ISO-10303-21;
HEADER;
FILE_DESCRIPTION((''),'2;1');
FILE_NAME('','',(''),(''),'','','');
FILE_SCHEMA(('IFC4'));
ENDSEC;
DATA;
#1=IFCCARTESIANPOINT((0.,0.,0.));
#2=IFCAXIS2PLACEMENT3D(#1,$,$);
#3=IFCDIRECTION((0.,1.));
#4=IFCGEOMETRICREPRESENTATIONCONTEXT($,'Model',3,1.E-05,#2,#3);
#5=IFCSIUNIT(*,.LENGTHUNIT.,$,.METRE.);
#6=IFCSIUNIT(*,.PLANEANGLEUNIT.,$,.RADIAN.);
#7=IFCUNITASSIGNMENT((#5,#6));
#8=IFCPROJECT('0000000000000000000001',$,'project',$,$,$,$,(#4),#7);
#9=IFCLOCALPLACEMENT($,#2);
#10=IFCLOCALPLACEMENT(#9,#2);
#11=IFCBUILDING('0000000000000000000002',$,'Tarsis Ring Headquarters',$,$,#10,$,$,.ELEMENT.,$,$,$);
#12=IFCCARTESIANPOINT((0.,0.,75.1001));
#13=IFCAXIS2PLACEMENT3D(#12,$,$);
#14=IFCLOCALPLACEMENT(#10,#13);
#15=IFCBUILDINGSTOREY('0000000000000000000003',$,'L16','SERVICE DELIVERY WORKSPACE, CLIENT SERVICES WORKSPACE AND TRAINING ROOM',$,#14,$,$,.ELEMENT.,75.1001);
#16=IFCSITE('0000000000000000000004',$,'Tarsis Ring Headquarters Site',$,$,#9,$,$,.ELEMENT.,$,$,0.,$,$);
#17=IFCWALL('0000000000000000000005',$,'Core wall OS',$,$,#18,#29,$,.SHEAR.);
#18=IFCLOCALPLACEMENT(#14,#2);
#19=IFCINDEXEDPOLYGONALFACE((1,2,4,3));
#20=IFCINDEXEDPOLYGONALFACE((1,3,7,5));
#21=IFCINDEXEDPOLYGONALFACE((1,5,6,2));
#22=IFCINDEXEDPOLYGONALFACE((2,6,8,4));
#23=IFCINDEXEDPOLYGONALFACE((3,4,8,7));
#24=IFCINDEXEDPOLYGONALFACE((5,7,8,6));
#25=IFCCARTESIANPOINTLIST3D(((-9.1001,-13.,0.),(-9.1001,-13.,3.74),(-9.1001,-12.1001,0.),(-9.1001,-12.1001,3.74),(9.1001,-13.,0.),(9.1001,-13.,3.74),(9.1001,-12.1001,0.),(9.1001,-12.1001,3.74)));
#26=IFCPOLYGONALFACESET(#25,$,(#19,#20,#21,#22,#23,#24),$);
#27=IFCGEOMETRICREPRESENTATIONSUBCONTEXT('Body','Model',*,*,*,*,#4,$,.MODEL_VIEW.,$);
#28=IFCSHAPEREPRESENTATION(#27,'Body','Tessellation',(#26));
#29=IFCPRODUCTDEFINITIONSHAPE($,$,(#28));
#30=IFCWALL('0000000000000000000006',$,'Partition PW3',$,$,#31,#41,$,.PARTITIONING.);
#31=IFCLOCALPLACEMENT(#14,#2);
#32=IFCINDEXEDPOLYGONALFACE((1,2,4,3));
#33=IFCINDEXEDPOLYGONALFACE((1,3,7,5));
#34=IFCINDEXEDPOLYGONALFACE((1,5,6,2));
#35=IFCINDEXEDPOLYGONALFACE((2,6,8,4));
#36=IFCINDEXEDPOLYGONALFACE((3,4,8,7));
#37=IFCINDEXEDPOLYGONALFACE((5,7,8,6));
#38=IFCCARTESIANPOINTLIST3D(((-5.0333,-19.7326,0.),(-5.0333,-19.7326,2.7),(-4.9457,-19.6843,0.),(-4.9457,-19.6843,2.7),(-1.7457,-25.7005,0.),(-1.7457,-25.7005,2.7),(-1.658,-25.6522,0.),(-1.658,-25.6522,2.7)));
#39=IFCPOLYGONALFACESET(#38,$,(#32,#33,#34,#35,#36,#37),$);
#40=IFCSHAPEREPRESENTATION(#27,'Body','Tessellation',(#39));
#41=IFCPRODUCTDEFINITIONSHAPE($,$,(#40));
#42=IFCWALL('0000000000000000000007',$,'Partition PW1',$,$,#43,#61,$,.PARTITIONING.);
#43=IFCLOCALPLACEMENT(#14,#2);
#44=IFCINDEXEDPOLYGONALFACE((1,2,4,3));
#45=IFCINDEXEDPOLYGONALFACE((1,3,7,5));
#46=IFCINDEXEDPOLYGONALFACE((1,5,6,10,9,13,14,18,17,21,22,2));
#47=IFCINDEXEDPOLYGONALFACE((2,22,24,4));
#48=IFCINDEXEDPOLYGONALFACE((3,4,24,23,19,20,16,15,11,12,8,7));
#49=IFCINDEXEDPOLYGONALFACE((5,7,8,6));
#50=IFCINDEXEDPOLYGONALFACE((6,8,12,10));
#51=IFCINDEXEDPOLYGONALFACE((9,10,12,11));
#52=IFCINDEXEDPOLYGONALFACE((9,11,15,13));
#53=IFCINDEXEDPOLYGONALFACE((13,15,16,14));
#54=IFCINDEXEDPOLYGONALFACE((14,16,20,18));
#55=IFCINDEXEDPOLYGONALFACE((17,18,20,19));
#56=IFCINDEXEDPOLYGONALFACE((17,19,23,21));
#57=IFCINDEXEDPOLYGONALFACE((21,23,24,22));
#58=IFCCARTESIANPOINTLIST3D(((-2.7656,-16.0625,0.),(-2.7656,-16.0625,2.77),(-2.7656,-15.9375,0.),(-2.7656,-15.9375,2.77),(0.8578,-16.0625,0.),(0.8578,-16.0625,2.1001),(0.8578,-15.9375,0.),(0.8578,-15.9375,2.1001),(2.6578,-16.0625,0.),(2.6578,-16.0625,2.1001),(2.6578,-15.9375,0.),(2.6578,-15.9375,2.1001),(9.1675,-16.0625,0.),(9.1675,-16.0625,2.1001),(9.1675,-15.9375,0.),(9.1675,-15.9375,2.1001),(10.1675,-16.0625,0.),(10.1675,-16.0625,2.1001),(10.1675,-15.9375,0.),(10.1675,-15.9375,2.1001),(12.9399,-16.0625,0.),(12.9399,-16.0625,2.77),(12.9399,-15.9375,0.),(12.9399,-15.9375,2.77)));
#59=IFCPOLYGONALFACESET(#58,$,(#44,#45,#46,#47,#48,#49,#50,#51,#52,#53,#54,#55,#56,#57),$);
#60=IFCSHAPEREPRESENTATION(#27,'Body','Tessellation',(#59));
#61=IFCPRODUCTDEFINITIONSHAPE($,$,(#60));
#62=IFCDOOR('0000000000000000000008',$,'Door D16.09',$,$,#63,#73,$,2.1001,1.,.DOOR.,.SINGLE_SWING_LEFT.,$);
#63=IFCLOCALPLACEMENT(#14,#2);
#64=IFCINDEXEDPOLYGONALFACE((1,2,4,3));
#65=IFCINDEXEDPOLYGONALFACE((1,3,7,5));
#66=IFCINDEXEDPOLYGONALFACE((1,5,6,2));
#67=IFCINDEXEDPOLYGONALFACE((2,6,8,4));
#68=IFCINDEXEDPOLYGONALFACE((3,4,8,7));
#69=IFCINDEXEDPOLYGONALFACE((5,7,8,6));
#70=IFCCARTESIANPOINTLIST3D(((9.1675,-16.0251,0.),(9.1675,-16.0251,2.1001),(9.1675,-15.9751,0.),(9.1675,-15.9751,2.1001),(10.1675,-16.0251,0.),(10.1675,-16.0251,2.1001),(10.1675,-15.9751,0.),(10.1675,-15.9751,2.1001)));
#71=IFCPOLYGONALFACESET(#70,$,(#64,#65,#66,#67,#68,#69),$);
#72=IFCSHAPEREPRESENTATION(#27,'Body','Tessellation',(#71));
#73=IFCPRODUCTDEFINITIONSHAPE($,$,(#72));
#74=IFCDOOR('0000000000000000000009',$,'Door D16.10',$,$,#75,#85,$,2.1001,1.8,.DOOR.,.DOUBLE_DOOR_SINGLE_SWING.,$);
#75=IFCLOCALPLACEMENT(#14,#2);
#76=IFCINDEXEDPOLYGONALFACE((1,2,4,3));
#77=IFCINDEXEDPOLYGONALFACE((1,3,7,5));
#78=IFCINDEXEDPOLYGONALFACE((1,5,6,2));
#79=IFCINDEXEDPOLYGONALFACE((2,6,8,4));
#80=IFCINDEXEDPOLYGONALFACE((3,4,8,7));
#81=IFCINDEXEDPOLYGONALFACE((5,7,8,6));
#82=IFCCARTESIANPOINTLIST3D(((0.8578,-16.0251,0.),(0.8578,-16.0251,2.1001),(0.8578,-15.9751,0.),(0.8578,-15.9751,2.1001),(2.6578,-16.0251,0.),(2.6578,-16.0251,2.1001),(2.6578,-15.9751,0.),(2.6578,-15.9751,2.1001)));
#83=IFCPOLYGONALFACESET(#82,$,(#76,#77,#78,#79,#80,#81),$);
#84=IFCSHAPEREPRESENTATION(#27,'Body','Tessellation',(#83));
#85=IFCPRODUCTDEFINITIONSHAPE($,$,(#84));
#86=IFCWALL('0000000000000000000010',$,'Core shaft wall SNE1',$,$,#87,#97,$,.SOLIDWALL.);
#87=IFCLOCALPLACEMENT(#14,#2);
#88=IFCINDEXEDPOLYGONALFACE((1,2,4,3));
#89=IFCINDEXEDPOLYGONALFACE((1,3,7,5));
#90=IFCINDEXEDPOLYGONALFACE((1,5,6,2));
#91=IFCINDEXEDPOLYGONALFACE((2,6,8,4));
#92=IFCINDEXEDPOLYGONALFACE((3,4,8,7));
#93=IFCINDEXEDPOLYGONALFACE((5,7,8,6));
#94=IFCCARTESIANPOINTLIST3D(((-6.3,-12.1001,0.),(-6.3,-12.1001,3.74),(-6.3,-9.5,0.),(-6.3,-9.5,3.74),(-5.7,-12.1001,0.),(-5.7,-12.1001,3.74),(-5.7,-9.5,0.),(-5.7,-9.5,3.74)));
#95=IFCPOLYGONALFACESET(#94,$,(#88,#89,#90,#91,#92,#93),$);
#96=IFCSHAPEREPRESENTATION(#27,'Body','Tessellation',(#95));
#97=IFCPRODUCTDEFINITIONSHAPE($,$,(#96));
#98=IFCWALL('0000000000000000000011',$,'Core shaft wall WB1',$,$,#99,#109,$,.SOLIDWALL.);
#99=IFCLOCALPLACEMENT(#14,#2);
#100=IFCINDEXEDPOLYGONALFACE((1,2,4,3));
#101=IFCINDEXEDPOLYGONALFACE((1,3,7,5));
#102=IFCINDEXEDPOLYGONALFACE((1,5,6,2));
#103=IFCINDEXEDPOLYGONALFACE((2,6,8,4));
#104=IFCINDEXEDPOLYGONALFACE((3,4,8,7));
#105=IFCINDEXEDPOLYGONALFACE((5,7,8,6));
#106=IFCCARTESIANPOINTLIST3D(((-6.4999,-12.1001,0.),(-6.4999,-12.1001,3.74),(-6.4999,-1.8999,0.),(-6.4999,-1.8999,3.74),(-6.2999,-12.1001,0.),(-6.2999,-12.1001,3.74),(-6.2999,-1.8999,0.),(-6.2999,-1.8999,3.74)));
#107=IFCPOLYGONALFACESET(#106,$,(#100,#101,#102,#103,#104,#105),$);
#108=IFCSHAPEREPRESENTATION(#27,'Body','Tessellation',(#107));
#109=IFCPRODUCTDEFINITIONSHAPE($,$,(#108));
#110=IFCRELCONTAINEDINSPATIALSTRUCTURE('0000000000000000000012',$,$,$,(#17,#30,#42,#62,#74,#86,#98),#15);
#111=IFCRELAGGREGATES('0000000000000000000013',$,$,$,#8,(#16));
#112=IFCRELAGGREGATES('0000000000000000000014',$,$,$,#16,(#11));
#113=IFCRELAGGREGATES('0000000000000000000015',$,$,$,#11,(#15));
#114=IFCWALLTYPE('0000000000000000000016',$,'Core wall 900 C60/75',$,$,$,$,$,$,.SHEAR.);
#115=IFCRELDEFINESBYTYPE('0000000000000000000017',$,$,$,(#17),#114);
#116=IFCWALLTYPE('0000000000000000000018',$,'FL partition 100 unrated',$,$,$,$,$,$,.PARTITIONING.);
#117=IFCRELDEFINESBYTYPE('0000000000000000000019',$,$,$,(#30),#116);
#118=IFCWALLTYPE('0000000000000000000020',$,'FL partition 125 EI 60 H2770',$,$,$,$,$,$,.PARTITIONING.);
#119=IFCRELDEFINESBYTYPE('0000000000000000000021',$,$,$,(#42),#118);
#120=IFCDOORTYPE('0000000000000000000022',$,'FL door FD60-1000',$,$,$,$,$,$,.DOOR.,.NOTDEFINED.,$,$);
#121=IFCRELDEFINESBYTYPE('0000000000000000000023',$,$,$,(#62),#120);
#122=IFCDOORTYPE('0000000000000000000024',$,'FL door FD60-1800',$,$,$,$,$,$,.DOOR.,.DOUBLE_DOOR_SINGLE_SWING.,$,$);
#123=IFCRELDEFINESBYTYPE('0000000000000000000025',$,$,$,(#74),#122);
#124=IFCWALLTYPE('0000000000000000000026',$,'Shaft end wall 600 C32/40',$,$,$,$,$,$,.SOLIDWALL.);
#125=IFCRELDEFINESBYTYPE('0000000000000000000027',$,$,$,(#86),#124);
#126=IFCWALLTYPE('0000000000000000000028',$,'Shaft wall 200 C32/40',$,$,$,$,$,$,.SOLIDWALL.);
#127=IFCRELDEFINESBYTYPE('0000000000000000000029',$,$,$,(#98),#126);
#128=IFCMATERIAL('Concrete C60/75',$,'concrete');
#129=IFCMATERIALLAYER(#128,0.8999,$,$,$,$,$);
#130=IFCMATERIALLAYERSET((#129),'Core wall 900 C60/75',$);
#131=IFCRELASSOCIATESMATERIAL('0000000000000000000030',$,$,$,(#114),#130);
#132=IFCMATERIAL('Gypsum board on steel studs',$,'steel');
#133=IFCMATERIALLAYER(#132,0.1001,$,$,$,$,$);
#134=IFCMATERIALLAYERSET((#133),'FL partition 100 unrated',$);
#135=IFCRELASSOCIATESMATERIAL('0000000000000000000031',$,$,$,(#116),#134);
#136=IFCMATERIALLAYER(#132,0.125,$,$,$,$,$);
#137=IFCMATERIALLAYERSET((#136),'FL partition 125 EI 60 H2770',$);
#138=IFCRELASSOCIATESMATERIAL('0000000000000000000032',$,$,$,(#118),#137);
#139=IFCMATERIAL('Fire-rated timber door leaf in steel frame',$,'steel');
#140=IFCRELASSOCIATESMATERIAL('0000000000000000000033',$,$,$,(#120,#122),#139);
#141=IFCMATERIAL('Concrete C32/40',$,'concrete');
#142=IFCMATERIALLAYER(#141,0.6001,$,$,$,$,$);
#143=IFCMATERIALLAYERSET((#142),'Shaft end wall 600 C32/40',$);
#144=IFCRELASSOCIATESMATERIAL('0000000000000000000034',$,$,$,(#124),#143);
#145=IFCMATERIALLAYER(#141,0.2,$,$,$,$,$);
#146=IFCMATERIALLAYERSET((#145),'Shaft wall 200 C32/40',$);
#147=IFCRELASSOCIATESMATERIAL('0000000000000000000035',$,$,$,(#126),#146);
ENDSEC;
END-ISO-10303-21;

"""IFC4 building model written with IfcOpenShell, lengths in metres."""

from ifc_helpers import new_model, si_unit, direction, frame, frame_2d, origin, place, context, subcontext, project, spatial, rectangle, extrude, material, layer, layer_set, type_object, element, fill, save


model = new_model("IFC4")

# Units and contexts
model_context = context("Model", 3, precision=1e-05, world=origin(), true_north=direction((0.0, 1.0)))
body_context = subcontext(model_context, "Body", "Model", "MODEL_VIEW")
ifc_project = project(units=[si_unit("LENGTHUNIT", "METRE"), si_unit("PLANEANGLEUNIT", "RADIAN")], contexts=[model_context])

# Site, building, storey
site_placement = place(None, origin())
site = spatial("IfcSite", under=ifc_project, at=site_placement, Name="Tarsis Ring Headquarters Site", CompositionType="ELEMENT", RefElevation=0.0)
building_placement = place(site_placement, origin())
building = spatial("IfcBuilding", under=site, at=building_placement, Name="Tarsis Ring Headquarters", CompositionType="ELEMENT")
storey_placement = place(building_placement, frame((0.0, 0.0, 75.1001)))
storey = spatial("IfcBuildingStorey", under=building, at=storey_placement, Name="L16", Description="SERVICE DELIVERY WORKSPACE, CLIENT SERVICES WORKSPACE AND TRAINING ROOM", CompositionType="ELEMENT", Elevation=75.1001)

# Shared definitions
ifc_material_1 = material(Name="Concrete C60/75", Category="concrete")
ifc_layer_1 = layer(ifc_material_1, 0.8999)
ifc_layer_set_1 = layer_set([ifc_layer_1], Name="Core wall 900 C60/75")
wall_type_1 = type_object("IfcWallType", Name="Core wall 900 C60/75", PredefinedType="SHEAR", material=ifc_layer_set_1)

# Walls
wall_1_placement = place(storey_placement, frame((-9.1001, -12.55, 0.0), z_axis=(0.0, 0.0, 1.0), x_axis=(1.0, 0.0, 0.0)))
element("IfcWall", 1, at=wall_1_placement, inside=storey, type_object=wall_type_1, Name="Core wall OS", PredefinedType="SHEAR", context=body_context, shape_type="SweptSolid", body=[
    extrude(rectangle(XDim=18.2002, YDim=0.8999, at=frame_2d((9.1001, 0.0))), origin(), (0.0, 0.0, 1.0), 3.74),
])
ifc_material_2 = material(Name="Gypsum board on steel studs", Category="steel")
ifc_layer_2 = layer(ifc_material_2, 0.1001)
ifc_layer_set_2 = layer_set([ifc_layer_2], Name="FL partition 100 unrated")
wall_type_2 = type_object("IfcWallType", Name="FL partition 100 unrated", PredefinedType="PARTITIONING", material=ifc_layer_set_2)
wall_2_placement = place(storey_placement, frame((-4.9895, -19.7085, 0.0), z_axis=(0.0, 0.0, 1.0), x_axis=(0.482518, -0.875886, 0.0)))
element("IfcWall", 2, at=wall_2_placement, inside=storey, type_object=wall_type_2, Name="Partition PW3", PredefinedType="PARTITIONING", context=body_context, shape_type="SweptSolid", body=[
    extrude(rectangle(XDim=6.8135, YDim=0.1001, at=frame_2d((3.4067, 0.0))), origin(), (0.0, 0.0, 1.0), 2.7),
])

# Wall, openings, doors
ifc_layer_3 = layer(ifc_material_2, 0.125)
ifc_layer_set_3 = layer_set([ifc_layer_3], Name="FL partition 125 EI 60 H2770")
wall_type_3 = type_object("IfcWallType", Name="FL partition 125 EI 60 H2770", PredefinedType="PARTITIONING", material=ifc_layer_set_3)
wall_3_placement = place(storey_placement, frame((-2.7656, -16.0, 0.0), z_axis=(0.0, 0.0, 1.0), x_axis=(1.0, 0.0, 0.0)))
wall_3 = element("IfcWall", 3, at=wall_3_placement, inside=storey, type_object=wall_type_3, Name="Partition PW1", PredefinedType="PARTITIONING", context=body_context, shape_type="SweptSolid", body=[
    extrude(rectangle(XDim=15.7056, YDim=0.125, at=frame_2d((7.8528, 0.0))), origin(), (0.0, 0.0, 1.0), 2.77),
])
opening_1_placement = place(wall_3_placement, frame((11.9331, 0.0, 0.0)))
opening_1 = element("IfcOpeningElement", 4, at=opening_1_placement, cuts=wall_3, PredefinedType="OPENING", context=body_context, shape_type="SweptSolid", body=[
    extrude(rectangle(XDim=1.0, YDim=2.1001, at=frame_2d((0.5, 1.05))), frame((0.0, 0.0725, 0.0), z_axis=(0.0, -1.0, 0.0), x_axis=(1.0, 0.0, 0.0)), (0.0, 0.0, 1.0), 0.145),
])
opening_2_placement = place(wall_3_placement, frame((3.6235, 0.0, 0.0)))
opening_2 = element("IfcOpeningElement", 5, at=opening_2_placement, cuts=wall_3, PredefinedType="OPENING", context=body_context, shape_type="SweptSolid", body=[
    extrude(rectangle(XDim=1.8, YDim=2.1001, at=frame_2d((0.8999, 1.05))), frame((0.0, 0.0725, 0.0), z_axis=(0.0, -1.0, 0.0), x_axis=(1.0, 0.0, 0.0)), (0.0, 0.0, 1.0), 0.145),
])
ifc_material_3 = material(Name="Fire-rated timber door leaf in steel frame", Category="steel")
door_type_1 = type_object("IfcDoorType", Name="FL door FD60-1000", OperationType="NOTDEFINED", PredefinedType="DOOR", material=ifc_material_3)
door_1_placement = place(opening_1_placement, origin())
door_1 = element("IfcDoor", 6, at=door_1_placement, inside=storey, type_object=door_type_1, Name="Door D16.09", OperationType="SINGLE_SWING_LEFT", OverallHeight=2.1001, OverallWidth=1.0, PredefinedType="DOOR", context=body_context, shape_type="SweptSolid", body=[
    extrude(rectangle(XDim=1.0, YDim=2.1001, at=frame_2d((0.5, 1.05))), frame((0.0, 0.0249, 0.0), z_axis=(0.0, -1.0, 0.0), x_axis=(1.0, 0.0, 0.0)), (0.0, 0.0, 1.0), 0.05),
])
fill(opening_1, door_1)
door_type_2 = type_object("IfcDoorType", Name="FL door FD60-1800", OperationType="DOUBLE_DOOR_SINGLE_SWING", PredefinedType="DOOR", material=ifc_material_3)
door_2_placement = place(opening_2_placement, origin())
door_2 = element("IfcDoor", 7, at=door_2_placement, inside=storey, type_object=door_type_2, Name="Door D16.10", OperationType="DOUBLE_DOOR_SINGLE_SWING", OverallHeight=2.1001, OverallWidth=1.8, PredefinedType="DOOR", context=body_context, shape_type="SweptSolid", body=[
    extrude(rectangle(XDim=1.8, YDim=2.1001, at=frame_2d((0.8999, 1.05))), frame((0.0, 0.0249, 0.0), z_axis=(0.0, -1.0, 0.0), x_axis=(1.0, 0.0, 0.0)), (0.0, 0.0, 1.0), 0.05),
])
fill(opening_2, door_2)

# Walls
ifc_material_4 = material(Name="Concrete C32/40", Category="concrete")
ifc_layer_4 = layer(ifc_material_4, 0.6001)
ifc_layer_set_4 = layer_set([ifc_layer_4], Name="Shaft end wall 600 C32/40")
wall_type_4 = type_object("IfcWallType", Name="Shaft end wall 600 C32/40", PredefinedType="SOLIDWALL", material=ifc_layer_set_4)
wall_4_placement = place(storey_placement, frame((-6.0, -12.1001, 0.0), z_axis=(0.0, 0.0, 1.0), x_axis=(0.0, 1.0, 0.0)))
element("IfcWall", 8, at=wall_4_placement, inside=storey, type_object=wall_type_4, Name="Core shaft wall SNE1", PredefinedType="SOLIDWALL", context=body_context, shape_type="SweptSolid", body=[
    extrude(rectangle(XDim=2.6001, YDim=0.6001, at=frame_2d((1.3, 0.0))), origin(), (0.0, 0.0, 1.0), 3.74),
])
ifc_layer_5 = layer(ifc_material_4, 0.2)
ifc_layer_set_5 = layer_set([ifc_layer_5], Name="Shaft wall 200 C32/40")
wall_type_5 = type_object("IfcWallType", Name="Shaft wall 200 C32/40", PredefinedType="SOLIDWALL", material=ifc_layer_set_5)
wall_5_placement = place(storey_placement, frame((-6.3999, -12.1001, 0.0), z_axis=(0.0, 0.0, 1.0), x_axis=(0.0, 1.0, 0.0)))
element("IfcWall", 9, at=wall_5_placement, inside=storey, type_object=wall_type_5, Name="Core shaft wall WB1", PredefinedType="SOLIDWALL", context=body_context, shape_type="SweptSolid", body=[
    extrude(rectangle(XDim=10.2002, YDim=0.2, at=frame_2d((5.1001, 0.0))), origin(), (0.0, 0.0, 1.0), 3.74),
])

save(model, "model.ifc")
